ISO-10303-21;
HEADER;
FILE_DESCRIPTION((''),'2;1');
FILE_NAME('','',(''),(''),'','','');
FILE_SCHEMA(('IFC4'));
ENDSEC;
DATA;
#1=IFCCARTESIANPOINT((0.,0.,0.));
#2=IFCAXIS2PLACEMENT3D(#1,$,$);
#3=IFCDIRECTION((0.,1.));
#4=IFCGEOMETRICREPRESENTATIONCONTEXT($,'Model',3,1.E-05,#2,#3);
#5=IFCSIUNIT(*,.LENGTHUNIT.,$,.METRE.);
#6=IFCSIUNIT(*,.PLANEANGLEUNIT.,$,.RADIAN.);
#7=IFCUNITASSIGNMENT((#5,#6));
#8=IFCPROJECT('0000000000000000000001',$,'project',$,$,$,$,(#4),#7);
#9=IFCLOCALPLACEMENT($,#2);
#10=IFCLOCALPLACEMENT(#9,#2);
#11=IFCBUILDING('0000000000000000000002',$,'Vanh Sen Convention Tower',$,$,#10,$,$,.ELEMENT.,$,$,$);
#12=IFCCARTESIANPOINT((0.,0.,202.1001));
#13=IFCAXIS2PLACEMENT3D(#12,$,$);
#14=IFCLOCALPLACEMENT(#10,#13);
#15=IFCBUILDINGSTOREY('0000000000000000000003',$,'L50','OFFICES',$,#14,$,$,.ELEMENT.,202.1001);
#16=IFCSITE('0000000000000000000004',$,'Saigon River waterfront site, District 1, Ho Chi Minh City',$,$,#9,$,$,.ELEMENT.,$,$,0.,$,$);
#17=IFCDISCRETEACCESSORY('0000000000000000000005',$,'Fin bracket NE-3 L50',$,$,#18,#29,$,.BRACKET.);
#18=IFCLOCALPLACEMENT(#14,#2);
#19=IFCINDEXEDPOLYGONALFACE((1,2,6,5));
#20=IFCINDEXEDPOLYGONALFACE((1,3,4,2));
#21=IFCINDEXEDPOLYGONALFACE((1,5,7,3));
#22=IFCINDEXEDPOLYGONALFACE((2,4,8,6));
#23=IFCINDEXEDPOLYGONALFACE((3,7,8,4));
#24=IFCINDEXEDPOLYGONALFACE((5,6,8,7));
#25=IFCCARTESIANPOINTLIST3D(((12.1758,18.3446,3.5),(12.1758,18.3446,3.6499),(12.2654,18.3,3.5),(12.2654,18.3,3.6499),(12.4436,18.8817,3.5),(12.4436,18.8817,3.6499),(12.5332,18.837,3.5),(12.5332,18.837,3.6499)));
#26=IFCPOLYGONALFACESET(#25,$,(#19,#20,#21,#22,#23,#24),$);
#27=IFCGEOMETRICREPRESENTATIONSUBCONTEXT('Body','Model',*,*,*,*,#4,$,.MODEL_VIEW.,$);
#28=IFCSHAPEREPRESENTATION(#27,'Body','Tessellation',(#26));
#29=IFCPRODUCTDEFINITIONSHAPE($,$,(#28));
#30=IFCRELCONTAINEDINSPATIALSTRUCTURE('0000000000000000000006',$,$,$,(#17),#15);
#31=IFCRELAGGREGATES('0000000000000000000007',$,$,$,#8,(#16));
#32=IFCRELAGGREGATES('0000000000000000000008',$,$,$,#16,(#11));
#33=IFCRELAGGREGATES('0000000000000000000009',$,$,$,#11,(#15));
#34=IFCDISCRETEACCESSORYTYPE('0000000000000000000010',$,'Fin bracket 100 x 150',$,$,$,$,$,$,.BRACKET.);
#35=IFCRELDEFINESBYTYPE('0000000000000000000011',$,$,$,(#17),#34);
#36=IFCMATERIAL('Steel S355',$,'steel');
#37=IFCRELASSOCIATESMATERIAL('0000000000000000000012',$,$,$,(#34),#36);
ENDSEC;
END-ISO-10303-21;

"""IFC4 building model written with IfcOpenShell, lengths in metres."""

from ifc_helpers import new_model, si_unit, direction, frame, origin, origin_2d, place, context, subcontext, project, spatial, rectangle, extrude, material, type_object, element, save


model = new_model("IFC4")

# Units and contexts
model_context = context("Model", 3, precision=1e-05, world=origin(), true_north=direction((0.0, 1.0)))
body_context = subcontext(model_context, "Body", "Model", "MODEL_VIEW")
ifc_project = project(units=[si_unit("LENGTHUNIT", "METRE"), si_unit("PLANEANGLEUNIT", "RADIAN")], contexts=[model_context])

# Site, building, storey
site_placement = place(None, origin())
site = spatial("IfcSite", under=ifc_project, at=site_placement, Name="Saigon River waterfront site, District 1, Ho Chi Minh City", CompositionType="ELEMENT", RefElevation=0.0)
building_placement = place(site_placement, origin())
building = spatial("IfcBuilding", under=site, at=building_placement, Name="Vanh Sen Convention Tower", CompositionType="ELEMENT")
storey_placement = place(building_placement, frame((0.0, 0.0, 202.1001)))
storey = spatial("IfcBuildingStorey", under=building, at=storey_placement, Name="L50", Description="OFFICES", CompositionType="ELEMENT", Elevation=202.1001)

# Discrete accessory
ifc_material_1 = material(Name="Steel S355", Category="steel")
discrete_accessory_type = type_object("IfcDiscreteAccessoryType", Name="Fin bracket 100 x 150", PredefinedType="BRACKET", material=ifc_material_1)
for number, where, z_axis, x_axis, name in (
    (1, (12.3545, 18.5908, 3.5), (0.0, 0.0, 1.0), (0.446198, 0.894934, 0.0), "Fin bracket NE-3 L50"),
):
    element("IfcDiscreteAccessory", number, at=place(storey_placement, frame(where, z_axis=z_axis, x_axis=x_axis)), inside=storey, type_object=discrete_accessory_type, Name=name, PredefinedType="BRACKET", context=body_context, shape_type="SweptSolid", body=[
        extrude(rectangle(XDim=0.6001, YDim=0.1001, at=origin_2d()), origin(), (0.0, 0.0, 1.0), 0.1499),
    ])

save(model, "model.ifc")
